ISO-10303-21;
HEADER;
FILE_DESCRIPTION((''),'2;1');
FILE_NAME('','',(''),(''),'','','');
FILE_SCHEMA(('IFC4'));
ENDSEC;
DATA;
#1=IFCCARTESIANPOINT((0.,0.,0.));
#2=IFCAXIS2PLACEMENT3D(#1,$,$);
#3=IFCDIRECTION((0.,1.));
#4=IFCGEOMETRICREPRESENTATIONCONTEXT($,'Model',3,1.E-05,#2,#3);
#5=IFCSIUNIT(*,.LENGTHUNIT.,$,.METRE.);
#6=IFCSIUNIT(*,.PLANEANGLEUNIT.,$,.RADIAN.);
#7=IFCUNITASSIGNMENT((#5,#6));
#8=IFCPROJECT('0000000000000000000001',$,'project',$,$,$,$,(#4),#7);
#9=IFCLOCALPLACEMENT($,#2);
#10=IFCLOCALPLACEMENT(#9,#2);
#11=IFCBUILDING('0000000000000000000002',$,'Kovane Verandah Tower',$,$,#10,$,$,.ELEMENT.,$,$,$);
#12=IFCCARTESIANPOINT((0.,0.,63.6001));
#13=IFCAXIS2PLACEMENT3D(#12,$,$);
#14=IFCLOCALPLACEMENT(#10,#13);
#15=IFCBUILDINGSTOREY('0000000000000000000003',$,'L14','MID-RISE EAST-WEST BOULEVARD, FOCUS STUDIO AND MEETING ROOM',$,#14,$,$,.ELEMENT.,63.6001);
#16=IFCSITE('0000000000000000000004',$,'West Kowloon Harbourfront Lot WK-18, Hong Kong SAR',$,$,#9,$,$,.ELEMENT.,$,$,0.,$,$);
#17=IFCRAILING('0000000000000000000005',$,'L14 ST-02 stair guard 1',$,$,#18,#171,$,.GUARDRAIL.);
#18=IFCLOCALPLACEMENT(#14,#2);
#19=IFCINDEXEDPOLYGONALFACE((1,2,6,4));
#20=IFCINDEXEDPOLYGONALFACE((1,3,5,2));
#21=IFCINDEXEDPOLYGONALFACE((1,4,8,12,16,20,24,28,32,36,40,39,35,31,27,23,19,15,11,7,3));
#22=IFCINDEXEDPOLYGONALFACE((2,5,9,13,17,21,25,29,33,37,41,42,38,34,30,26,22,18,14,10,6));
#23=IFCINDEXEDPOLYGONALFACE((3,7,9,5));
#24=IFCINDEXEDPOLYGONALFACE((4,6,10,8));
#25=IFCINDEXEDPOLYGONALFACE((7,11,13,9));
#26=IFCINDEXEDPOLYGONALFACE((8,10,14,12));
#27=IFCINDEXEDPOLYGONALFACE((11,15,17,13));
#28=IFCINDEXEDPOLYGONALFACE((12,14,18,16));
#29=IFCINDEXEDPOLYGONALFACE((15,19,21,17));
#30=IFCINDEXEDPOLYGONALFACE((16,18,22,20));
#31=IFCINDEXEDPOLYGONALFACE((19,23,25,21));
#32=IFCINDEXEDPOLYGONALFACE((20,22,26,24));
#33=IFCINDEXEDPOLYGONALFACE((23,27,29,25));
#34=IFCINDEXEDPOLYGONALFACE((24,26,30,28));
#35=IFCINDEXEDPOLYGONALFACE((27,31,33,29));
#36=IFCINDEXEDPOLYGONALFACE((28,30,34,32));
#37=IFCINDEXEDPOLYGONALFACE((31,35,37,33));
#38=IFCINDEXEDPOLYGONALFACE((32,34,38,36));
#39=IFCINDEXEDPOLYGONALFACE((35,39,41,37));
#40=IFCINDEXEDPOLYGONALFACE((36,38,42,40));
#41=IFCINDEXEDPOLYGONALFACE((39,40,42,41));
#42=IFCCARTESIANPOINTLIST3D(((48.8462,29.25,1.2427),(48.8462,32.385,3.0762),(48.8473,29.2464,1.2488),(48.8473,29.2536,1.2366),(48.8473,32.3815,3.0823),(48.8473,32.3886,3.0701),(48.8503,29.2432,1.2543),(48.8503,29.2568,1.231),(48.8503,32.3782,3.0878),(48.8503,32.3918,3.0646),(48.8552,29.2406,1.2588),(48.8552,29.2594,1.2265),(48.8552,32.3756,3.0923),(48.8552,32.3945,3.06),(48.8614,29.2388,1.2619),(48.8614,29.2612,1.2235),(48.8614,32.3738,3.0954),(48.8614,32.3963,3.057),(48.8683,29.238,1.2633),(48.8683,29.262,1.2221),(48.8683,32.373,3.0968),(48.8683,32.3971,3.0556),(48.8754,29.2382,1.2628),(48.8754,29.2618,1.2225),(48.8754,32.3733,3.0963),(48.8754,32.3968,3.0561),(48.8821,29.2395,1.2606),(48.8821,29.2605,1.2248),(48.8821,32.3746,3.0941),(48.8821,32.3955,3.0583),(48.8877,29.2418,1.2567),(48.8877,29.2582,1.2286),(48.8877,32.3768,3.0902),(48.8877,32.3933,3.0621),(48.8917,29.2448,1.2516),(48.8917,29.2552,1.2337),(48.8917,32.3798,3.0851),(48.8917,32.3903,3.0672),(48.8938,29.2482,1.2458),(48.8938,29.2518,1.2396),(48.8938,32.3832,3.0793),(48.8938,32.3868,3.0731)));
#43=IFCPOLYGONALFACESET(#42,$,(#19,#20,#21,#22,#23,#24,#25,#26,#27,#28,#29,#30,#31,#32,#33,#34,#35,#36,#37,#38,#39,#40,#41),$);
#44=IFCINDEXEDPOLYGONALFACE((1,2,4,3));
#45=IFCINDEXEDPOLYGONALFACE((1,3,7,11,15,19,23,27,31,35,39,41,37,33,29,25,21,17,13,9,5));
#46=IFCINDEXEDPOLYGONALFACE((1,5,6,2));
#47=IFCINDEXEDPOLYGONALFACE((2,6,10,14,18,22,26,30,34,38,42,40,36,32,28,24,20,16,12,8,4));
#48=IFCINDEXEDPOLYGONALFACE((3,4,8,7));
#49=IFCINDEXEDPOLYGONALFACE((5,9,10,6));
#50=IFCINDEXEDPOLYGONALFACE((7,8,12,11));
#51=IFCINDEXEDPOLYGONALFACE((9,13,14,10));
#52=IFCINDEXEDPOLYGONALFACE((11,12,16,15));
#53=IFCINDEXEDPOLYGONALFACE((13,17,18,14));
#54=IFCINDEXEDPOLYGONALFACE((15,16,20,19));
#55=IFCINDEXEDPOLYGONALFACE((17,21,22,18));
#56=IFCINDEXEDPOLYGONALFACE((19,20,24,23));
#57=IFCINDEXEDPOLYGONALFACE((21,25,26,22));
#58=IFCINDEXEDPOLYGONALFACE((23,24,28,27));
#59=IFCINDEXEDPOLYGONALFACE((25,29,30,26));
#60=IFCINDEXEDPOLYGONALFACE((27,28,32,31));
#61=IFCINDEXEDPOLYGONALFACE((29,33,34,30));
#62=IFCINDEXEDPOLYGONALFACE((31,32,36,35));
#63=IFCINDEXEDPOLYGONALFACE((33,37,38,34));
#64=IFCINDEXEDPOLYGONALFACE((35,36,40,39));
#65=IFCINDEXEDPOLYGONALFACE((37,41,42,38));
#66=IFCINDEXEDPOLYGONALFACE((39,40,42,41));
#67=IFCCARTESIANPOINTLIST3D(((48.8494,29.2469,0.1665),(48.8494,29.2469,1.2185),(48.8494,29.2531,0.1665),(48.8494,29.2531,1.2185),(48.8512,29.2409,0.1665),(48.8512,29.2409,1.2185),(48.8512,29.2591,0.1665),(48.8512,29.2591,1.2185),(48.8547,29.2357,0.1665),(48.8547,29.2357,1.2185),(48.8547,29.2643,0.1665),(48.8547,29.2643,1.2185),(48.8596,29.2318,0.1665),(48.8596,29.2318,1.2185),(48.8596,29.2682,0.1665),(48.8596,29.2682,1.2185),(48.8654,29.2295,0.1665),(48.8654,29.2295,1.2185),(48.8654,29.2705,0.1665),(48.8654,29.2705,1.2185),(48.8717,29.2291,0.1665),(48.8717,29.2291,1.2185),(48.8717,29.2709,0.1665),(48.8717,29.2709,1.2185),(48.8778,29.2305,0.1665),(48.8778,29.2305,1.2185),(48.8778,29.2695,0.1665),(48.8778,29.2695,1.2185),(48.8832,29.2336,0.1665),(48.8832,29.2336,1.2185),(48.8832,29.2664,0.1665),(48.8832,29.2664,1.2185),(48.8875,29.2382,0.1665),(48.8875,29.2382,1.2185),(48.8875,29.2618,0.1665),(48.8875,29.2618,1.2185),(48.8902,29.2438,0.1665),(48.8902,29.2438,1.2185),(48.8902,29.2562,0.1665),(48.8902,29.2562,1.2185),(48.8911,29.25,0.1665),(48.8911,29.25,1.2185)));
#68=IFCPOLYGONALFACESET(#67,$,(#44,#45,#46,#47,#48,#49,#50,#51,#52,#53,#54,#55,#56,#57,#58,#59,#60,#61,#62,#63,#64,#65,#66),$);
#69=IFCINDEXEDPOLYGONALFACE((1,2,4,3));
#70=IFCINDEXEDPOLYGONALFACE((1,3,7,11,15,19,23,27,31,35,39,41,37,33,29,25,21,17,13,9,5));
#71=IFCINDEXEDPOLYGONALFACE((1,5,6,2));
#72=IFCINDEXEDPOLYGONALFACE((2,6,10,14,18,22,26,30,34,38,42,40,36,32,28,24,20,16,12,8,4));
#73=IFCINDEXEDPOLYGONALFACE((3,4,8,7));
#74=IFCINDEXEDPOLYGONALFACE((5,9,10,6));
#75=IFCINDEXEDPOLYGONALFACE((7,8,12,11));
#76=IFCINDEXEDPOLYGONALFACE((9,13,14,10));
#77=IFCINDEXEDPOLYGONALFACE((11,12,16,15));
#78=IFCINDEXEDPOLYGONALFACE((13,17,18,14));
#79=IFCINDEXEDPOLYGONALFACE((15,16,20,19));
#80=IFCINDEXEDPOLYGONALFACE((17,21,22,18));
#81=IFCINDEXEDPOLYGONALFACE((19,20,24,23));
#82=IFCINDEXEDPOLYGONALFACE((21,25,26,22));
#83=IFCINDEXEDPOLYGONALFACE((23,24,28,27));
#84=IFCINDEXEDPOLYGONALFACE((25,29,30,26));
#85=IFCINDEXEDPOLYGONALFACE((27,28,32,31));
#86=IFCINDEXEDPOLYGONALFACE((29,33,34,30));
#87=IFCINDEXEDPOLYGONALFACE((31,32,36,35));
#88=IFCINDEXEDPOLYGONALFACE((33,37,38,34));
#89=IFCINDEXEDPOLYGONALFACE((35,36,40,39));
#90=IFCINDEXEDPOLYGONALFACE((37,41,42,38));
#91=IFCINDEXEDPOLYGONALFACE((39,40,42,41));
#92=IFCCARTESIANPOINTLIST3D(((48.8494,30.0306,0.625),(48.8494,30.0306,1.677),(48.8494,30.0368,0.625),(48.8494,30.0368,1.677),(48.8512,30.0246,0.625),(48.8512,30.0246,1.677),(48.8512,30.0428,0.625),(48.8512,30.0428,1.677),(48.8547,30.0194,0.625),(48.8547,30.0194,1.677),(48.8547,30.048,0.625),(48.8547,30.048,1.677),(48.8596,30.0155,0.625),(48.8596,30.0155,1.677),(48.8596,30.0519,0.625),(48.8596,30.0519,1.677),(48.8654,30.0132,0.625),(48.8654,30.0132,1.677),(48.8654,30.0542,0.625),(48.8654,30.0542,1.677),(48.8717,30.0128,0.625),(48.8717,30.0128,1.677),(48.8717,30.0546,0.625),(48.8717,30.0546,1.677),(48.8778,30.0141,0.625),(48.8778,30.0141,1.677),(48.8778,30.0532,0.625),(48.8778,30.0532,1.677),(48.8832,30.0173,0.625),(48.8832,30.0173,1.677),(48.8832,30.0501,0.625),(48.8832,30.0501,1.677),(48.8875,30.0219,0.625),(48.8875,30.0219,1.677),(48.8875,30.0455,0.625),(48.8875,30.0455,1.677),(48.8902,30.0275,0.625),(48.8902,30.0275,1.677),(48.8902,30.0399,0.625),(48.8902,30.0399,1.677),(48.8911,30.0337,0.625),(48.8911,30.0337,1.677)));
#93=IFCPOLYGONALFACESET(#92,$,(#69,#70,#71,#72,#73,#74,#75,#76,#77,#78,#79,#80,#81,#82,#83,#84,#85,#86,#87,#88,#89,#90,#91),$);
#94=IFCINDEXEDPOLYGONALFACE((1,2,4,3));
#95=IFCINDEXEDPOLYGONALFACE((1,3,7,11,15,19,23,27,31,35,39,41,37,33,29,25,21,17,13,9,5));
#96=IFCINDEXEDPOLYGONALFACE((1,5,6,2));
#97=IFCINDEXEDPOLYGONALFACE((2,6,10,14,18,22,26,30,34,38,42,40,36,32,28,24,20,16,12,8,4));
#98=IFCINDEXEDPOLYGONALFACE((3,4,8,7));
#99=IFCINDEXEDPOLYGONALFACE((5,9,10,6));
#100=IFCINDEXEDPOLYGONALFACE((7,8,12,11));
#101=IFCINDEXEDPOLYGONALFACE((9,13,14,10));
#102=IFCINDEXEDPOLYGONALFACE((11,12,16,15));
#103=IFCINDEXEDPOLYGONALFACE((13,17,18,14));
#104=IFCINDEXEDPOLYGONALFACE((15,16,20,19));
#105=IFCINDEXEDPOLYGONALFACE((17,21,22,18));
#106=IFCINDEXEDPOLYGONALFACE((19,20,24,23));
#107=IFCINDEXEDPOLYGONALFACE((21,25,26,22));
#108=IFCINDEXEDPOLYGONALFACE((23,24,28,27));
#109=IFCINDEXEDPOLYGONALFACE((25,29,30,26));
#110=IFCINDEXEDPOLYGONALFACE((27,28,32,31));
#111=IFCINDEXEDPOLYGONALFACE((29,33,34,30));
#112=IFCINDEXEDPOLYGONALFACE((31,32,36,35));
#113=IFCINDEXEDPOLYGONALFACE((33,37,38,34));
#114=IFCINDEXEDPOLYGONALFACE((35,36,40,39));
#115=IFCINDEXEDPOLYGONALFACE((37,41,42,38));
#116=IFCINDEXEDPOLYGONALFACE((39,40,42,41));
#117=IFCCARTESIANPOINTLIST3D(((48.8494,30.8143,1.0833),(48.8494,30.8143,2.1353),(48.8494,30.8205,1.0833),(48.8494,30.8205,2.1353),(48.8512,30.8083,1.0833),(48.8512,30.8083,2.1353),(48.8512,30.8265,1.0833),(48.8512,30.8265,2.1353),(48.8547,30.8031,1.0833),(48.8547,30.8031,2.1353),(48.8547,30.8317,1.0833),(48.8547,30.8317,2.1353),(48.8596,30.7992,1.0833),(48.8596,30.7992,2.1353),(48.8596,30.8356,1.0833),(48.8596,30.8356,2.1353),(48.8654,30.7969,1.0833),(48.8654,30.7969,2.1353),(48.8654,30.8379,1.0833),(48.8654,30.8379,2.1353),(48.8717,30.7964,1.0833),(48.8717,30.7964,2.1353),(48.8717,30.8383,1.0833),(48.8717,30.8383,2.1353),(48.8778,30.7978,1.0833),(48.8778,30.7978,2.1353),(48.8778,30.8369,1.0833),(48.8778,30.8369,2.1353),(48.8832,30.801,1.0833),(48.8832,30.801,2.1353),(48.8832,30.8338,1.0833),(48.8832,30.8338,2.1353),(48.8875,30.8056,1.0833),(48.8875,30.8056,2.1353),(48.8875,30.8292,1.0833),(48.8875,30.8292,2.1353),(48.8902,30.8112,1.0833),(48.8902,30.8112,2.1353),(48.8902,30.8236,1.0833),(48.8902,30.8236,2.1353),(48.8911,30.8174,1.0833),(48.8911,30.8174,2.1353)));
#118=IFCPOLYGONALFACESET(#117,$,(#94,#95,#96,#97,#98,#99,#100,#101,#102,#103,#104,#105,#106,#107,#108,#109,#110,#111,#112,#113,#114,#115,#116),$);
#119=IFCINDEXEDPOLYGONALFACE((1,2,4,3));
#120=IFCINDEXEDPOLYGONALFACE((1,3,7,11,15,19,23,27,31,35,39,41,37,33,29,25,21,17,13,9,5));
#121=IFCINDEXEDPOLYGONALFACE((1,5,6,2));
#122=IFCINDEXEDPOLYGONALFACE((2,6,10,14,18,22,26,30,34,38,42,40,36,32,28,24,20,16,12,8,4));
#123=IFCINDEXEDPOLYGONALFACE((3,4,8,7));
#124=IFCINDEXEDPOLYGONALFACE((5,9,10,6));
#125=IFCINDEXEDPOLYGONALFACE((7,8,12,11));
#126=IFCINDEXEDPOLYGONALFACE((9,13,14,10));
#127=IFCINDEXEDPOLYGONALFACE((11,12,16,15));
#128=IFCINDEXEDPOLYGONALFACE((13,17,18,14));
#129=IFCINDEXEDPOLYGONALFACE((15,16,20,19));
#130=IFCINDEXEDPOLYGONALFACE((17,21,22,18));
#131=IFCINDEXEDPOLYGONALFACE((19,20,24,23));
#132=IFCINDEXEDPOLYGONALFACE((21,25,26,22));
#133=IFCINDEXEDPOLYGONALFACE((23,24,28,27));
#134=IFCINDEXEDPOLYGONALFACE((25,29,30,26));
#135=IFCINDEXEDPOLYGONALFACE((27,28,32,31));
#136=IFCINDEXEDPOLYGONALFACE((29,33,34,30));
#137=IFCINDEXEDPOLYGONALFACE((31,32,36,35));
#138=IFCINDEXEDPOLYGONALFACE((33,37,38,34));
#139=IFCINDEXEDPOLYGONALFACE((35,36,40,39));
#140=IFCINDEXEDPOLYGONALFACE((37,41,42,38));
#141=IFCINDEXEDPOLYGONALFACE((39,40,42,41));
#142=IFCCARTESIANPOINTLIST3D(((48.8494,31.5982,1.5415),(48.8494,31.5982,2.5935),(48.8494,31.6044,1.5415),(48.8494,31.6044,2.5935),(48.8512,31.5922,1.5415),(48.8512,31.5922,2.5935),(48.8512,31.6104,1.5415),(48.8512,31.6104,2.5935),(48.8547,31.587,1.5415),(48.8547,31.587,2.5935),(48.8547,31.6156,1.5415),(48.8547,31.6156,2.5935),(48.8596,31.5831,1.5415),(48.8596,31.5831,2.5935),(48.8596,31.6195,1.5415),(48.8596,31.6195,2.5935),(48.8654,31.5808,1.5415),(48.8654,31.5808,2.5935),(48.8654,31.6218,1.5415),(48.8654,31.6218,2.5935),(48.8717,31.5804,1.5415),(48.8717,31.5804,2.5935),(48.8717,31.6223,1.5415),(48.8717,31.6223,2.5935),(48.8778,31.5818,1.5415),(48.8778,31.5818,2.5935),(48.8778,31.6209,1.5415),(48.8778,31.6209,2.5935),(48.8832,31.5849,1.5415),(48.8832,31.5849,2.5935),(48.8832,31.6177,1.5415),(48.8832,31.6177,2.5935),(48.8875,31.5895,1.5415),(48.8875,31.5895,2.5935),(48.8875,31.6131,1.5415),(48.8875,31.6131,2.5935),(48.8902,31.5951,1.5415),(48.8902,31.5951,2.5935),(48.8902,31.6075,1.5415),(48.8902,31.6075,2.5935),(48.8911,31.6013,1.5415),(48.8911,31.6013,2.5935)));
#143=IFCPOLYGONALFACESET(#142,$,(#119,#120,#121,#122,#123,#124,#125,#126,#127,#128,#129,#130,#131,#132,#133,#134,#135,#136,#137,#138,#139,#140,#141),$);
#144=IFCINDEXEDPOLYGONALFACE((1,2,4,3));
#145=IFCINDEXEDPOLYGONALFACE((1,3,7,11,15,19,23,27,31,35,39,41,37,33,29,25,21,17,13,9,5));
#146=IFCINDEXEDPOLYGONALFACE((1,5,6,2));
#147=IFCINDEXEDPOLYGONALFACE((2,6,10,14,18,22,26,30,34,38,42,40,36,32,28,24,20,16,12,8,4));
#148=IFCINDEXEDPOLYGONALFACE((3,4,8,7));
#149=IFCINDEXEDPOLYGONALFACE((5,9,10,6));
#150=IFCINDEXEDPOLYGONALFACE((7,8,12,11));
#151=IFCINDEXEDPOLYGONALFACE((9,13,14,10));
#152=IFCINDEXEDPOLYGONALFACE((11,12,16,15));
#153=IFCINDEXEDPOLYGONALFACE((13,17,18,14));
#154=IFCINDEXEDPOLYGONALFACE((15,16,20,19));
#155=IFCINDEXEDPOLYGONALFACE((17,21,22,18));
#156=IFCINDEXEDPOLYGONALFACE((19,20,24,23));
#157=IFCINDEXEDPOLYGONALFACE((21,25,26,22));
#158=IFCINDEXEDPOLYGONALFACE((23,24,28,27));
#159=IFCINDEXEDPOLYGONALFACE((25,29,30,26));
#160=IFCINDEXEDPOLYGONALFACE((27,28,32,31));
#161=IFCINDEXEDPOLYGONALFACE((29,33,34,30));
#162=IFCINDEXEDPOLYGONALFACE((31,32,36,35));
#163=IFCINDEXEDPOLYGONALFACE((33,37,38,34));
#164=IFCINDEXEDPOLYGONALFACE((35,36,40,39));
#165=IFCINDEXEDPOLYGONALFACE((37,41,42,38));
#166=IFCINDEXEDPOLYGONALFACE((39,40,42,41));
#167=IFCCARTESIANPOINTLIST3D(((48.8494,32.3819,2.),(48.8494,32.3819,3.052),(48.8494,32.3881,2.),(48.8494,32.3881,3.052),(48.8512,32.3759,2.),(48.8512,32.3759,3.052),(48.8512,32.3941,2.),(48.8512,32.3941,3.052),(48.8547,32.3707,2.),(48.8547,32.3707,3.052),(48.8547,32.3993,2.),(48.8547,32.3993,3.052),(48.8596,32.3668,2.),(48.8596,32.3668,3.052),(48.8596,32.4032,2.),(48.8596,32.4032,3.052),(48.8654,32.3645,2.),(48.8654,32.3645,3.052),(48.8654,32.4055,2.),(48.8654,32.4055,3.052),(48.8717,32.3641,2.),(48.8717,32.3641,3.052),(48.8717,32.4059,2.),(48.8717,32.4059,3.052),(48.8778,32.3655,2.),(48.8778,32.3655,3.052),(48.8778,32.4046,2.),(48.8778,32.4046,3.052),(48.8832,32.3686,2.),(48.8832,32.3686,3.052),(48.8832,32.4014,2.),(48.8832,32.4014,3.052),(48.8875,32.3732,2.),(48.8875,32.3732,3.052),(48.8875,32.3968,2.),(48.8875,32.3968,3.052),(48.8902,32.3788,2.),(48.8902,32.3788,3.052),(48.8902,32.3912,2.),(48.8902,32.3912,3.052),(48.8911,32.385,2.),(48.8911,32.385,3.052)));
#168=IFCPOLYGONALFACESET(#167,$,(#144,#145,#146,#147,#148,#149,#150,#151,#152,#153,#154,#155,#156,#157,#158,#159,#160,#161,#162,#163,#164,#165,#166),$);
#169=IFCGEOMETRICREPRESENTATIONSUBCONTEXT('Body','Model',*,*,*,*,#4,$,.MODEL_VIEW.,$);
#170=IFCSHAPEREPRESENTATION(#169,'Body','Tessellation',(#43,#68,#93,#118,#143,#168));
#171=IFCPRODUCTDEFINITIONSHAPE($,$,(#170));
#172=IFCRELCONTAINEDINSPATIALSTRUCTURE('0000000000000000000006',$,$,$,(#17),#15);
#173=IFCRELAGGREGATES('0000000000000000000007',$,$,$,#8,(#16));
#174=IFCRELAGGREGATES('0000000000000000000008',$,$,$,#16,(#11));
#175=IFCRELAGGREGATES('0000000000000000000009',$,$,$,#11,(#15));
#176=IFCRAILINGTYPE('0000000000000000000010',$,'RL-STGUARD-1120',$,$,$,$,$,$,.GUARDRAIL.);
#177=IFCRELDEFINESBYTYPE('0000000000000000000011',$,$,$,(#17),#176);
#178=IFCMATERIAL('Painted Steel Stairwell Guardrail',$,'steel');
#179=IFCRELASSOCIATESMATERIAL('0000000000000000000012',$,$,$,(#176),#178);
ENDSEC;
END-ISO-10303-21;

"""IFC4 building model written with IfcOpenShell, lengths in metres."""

from ifc_helpers import new_model, si_unit, direction, frame, origin, origin_2d, place, context, subcontext, project, spatial, circle, extrude, material, type_object, element, save


model = new_model("IFC4")

# Units and contexts
model_context = context("Model", 3, precision=1e-05, world=origin(), true_north=direction((0.0, 1.0)))
body_context = subcontext(model_context, "Body", "Model", "MODEL_VIEW")
ifc_project = project(units=[si_unit("LENGTHUNIT", "METRE"), si_unit("PLANEANGLEUNIT", "RADIAN")], contexts=[model_context])

# Site, building, storey
site_placement = place(None, origin())
site = spatial("IfcSite", under=ifc_project, at=site_placement, Name="West Kowloon Harbourfront Lot WK-18, Hong Kong SAR", CompositionType="ELEMENT", RefElevation=0.0)
building_placement = place(site_placement, origin())
building = spatial("IfcBuilding", under=site, at=building_placement, Name="Kovane Verandah Tower", CompositionType="ELEMENT")
storey_placement = place(building_placement, frame((0.0, 0.0, 63.6001)))
storey = spatial("IfcBuildingStorey", under=building, at=storey_placement, Name="L14", Description="MID-RISE EAST-WEST BOULEVARD, FOCUS STUDIO AND MEETING ROOM", CompositionType="ELEMENT", Elevation=63.6001)

# Railing
ifc_material_1 = material(Name="Painted Steel Stairwell Guardrail", Category="steel")
railing_type_1 = type_object("IfcRailingType", Name="RL-STGUARD-1120", PredefinedType="GUARDRAIL", material=ifc_material_1)
railing_1_placement = place(storey_placement, frame((48.8701, 29.25, 0.1665)))
element("IfcRailing", 1, at=railing_1_placement, inside=storey, type_object=railing_type_1, Name="L14 ST-02 stair guard 1", PredefinedType="GUARDRAIL", context=body_context, shape_type="SweptSolid", body=[
    extrude(circle(Radius=0.0239, at=origin_2d()), frame((0.0, 0.0, 1.0762), z_axis=(0.0, 0.86321, 0.504845), x_axis=(-1.0, 0.0, 0.0)), (0.0, 0.0, 1.0), 3.6318),
    extrude(circle(Radius=0.021, at=origin_2d()), origin(), (0.0, 0.0, 1.0), 1.052),
    extrude(circle(Radius=0.021, at=origin_2d()), frame((0.0, 0.7837, 0.4585)), (0.0, 0.0, 1.0), 1.052),
    extrude(circle(Radius=0.021, at=origin_2d()), frame((0.0, 1.5674, 0.9167)), (0.0, 0.0, 1.0), 1.052),
    extrude(circle(Radius=0.021, at=origin_2d()), frame((0.0, 2.3513, 1.375)), (0.0, 0.0, 1.0), 1.052),
    extrude(circle(Radius=0.021, at=origin_2d()), frame((0.0, 3.135, 1.8335)), (0.0, 0.0, 1.0), 1.052),
])

save(model, "model.ifc")
